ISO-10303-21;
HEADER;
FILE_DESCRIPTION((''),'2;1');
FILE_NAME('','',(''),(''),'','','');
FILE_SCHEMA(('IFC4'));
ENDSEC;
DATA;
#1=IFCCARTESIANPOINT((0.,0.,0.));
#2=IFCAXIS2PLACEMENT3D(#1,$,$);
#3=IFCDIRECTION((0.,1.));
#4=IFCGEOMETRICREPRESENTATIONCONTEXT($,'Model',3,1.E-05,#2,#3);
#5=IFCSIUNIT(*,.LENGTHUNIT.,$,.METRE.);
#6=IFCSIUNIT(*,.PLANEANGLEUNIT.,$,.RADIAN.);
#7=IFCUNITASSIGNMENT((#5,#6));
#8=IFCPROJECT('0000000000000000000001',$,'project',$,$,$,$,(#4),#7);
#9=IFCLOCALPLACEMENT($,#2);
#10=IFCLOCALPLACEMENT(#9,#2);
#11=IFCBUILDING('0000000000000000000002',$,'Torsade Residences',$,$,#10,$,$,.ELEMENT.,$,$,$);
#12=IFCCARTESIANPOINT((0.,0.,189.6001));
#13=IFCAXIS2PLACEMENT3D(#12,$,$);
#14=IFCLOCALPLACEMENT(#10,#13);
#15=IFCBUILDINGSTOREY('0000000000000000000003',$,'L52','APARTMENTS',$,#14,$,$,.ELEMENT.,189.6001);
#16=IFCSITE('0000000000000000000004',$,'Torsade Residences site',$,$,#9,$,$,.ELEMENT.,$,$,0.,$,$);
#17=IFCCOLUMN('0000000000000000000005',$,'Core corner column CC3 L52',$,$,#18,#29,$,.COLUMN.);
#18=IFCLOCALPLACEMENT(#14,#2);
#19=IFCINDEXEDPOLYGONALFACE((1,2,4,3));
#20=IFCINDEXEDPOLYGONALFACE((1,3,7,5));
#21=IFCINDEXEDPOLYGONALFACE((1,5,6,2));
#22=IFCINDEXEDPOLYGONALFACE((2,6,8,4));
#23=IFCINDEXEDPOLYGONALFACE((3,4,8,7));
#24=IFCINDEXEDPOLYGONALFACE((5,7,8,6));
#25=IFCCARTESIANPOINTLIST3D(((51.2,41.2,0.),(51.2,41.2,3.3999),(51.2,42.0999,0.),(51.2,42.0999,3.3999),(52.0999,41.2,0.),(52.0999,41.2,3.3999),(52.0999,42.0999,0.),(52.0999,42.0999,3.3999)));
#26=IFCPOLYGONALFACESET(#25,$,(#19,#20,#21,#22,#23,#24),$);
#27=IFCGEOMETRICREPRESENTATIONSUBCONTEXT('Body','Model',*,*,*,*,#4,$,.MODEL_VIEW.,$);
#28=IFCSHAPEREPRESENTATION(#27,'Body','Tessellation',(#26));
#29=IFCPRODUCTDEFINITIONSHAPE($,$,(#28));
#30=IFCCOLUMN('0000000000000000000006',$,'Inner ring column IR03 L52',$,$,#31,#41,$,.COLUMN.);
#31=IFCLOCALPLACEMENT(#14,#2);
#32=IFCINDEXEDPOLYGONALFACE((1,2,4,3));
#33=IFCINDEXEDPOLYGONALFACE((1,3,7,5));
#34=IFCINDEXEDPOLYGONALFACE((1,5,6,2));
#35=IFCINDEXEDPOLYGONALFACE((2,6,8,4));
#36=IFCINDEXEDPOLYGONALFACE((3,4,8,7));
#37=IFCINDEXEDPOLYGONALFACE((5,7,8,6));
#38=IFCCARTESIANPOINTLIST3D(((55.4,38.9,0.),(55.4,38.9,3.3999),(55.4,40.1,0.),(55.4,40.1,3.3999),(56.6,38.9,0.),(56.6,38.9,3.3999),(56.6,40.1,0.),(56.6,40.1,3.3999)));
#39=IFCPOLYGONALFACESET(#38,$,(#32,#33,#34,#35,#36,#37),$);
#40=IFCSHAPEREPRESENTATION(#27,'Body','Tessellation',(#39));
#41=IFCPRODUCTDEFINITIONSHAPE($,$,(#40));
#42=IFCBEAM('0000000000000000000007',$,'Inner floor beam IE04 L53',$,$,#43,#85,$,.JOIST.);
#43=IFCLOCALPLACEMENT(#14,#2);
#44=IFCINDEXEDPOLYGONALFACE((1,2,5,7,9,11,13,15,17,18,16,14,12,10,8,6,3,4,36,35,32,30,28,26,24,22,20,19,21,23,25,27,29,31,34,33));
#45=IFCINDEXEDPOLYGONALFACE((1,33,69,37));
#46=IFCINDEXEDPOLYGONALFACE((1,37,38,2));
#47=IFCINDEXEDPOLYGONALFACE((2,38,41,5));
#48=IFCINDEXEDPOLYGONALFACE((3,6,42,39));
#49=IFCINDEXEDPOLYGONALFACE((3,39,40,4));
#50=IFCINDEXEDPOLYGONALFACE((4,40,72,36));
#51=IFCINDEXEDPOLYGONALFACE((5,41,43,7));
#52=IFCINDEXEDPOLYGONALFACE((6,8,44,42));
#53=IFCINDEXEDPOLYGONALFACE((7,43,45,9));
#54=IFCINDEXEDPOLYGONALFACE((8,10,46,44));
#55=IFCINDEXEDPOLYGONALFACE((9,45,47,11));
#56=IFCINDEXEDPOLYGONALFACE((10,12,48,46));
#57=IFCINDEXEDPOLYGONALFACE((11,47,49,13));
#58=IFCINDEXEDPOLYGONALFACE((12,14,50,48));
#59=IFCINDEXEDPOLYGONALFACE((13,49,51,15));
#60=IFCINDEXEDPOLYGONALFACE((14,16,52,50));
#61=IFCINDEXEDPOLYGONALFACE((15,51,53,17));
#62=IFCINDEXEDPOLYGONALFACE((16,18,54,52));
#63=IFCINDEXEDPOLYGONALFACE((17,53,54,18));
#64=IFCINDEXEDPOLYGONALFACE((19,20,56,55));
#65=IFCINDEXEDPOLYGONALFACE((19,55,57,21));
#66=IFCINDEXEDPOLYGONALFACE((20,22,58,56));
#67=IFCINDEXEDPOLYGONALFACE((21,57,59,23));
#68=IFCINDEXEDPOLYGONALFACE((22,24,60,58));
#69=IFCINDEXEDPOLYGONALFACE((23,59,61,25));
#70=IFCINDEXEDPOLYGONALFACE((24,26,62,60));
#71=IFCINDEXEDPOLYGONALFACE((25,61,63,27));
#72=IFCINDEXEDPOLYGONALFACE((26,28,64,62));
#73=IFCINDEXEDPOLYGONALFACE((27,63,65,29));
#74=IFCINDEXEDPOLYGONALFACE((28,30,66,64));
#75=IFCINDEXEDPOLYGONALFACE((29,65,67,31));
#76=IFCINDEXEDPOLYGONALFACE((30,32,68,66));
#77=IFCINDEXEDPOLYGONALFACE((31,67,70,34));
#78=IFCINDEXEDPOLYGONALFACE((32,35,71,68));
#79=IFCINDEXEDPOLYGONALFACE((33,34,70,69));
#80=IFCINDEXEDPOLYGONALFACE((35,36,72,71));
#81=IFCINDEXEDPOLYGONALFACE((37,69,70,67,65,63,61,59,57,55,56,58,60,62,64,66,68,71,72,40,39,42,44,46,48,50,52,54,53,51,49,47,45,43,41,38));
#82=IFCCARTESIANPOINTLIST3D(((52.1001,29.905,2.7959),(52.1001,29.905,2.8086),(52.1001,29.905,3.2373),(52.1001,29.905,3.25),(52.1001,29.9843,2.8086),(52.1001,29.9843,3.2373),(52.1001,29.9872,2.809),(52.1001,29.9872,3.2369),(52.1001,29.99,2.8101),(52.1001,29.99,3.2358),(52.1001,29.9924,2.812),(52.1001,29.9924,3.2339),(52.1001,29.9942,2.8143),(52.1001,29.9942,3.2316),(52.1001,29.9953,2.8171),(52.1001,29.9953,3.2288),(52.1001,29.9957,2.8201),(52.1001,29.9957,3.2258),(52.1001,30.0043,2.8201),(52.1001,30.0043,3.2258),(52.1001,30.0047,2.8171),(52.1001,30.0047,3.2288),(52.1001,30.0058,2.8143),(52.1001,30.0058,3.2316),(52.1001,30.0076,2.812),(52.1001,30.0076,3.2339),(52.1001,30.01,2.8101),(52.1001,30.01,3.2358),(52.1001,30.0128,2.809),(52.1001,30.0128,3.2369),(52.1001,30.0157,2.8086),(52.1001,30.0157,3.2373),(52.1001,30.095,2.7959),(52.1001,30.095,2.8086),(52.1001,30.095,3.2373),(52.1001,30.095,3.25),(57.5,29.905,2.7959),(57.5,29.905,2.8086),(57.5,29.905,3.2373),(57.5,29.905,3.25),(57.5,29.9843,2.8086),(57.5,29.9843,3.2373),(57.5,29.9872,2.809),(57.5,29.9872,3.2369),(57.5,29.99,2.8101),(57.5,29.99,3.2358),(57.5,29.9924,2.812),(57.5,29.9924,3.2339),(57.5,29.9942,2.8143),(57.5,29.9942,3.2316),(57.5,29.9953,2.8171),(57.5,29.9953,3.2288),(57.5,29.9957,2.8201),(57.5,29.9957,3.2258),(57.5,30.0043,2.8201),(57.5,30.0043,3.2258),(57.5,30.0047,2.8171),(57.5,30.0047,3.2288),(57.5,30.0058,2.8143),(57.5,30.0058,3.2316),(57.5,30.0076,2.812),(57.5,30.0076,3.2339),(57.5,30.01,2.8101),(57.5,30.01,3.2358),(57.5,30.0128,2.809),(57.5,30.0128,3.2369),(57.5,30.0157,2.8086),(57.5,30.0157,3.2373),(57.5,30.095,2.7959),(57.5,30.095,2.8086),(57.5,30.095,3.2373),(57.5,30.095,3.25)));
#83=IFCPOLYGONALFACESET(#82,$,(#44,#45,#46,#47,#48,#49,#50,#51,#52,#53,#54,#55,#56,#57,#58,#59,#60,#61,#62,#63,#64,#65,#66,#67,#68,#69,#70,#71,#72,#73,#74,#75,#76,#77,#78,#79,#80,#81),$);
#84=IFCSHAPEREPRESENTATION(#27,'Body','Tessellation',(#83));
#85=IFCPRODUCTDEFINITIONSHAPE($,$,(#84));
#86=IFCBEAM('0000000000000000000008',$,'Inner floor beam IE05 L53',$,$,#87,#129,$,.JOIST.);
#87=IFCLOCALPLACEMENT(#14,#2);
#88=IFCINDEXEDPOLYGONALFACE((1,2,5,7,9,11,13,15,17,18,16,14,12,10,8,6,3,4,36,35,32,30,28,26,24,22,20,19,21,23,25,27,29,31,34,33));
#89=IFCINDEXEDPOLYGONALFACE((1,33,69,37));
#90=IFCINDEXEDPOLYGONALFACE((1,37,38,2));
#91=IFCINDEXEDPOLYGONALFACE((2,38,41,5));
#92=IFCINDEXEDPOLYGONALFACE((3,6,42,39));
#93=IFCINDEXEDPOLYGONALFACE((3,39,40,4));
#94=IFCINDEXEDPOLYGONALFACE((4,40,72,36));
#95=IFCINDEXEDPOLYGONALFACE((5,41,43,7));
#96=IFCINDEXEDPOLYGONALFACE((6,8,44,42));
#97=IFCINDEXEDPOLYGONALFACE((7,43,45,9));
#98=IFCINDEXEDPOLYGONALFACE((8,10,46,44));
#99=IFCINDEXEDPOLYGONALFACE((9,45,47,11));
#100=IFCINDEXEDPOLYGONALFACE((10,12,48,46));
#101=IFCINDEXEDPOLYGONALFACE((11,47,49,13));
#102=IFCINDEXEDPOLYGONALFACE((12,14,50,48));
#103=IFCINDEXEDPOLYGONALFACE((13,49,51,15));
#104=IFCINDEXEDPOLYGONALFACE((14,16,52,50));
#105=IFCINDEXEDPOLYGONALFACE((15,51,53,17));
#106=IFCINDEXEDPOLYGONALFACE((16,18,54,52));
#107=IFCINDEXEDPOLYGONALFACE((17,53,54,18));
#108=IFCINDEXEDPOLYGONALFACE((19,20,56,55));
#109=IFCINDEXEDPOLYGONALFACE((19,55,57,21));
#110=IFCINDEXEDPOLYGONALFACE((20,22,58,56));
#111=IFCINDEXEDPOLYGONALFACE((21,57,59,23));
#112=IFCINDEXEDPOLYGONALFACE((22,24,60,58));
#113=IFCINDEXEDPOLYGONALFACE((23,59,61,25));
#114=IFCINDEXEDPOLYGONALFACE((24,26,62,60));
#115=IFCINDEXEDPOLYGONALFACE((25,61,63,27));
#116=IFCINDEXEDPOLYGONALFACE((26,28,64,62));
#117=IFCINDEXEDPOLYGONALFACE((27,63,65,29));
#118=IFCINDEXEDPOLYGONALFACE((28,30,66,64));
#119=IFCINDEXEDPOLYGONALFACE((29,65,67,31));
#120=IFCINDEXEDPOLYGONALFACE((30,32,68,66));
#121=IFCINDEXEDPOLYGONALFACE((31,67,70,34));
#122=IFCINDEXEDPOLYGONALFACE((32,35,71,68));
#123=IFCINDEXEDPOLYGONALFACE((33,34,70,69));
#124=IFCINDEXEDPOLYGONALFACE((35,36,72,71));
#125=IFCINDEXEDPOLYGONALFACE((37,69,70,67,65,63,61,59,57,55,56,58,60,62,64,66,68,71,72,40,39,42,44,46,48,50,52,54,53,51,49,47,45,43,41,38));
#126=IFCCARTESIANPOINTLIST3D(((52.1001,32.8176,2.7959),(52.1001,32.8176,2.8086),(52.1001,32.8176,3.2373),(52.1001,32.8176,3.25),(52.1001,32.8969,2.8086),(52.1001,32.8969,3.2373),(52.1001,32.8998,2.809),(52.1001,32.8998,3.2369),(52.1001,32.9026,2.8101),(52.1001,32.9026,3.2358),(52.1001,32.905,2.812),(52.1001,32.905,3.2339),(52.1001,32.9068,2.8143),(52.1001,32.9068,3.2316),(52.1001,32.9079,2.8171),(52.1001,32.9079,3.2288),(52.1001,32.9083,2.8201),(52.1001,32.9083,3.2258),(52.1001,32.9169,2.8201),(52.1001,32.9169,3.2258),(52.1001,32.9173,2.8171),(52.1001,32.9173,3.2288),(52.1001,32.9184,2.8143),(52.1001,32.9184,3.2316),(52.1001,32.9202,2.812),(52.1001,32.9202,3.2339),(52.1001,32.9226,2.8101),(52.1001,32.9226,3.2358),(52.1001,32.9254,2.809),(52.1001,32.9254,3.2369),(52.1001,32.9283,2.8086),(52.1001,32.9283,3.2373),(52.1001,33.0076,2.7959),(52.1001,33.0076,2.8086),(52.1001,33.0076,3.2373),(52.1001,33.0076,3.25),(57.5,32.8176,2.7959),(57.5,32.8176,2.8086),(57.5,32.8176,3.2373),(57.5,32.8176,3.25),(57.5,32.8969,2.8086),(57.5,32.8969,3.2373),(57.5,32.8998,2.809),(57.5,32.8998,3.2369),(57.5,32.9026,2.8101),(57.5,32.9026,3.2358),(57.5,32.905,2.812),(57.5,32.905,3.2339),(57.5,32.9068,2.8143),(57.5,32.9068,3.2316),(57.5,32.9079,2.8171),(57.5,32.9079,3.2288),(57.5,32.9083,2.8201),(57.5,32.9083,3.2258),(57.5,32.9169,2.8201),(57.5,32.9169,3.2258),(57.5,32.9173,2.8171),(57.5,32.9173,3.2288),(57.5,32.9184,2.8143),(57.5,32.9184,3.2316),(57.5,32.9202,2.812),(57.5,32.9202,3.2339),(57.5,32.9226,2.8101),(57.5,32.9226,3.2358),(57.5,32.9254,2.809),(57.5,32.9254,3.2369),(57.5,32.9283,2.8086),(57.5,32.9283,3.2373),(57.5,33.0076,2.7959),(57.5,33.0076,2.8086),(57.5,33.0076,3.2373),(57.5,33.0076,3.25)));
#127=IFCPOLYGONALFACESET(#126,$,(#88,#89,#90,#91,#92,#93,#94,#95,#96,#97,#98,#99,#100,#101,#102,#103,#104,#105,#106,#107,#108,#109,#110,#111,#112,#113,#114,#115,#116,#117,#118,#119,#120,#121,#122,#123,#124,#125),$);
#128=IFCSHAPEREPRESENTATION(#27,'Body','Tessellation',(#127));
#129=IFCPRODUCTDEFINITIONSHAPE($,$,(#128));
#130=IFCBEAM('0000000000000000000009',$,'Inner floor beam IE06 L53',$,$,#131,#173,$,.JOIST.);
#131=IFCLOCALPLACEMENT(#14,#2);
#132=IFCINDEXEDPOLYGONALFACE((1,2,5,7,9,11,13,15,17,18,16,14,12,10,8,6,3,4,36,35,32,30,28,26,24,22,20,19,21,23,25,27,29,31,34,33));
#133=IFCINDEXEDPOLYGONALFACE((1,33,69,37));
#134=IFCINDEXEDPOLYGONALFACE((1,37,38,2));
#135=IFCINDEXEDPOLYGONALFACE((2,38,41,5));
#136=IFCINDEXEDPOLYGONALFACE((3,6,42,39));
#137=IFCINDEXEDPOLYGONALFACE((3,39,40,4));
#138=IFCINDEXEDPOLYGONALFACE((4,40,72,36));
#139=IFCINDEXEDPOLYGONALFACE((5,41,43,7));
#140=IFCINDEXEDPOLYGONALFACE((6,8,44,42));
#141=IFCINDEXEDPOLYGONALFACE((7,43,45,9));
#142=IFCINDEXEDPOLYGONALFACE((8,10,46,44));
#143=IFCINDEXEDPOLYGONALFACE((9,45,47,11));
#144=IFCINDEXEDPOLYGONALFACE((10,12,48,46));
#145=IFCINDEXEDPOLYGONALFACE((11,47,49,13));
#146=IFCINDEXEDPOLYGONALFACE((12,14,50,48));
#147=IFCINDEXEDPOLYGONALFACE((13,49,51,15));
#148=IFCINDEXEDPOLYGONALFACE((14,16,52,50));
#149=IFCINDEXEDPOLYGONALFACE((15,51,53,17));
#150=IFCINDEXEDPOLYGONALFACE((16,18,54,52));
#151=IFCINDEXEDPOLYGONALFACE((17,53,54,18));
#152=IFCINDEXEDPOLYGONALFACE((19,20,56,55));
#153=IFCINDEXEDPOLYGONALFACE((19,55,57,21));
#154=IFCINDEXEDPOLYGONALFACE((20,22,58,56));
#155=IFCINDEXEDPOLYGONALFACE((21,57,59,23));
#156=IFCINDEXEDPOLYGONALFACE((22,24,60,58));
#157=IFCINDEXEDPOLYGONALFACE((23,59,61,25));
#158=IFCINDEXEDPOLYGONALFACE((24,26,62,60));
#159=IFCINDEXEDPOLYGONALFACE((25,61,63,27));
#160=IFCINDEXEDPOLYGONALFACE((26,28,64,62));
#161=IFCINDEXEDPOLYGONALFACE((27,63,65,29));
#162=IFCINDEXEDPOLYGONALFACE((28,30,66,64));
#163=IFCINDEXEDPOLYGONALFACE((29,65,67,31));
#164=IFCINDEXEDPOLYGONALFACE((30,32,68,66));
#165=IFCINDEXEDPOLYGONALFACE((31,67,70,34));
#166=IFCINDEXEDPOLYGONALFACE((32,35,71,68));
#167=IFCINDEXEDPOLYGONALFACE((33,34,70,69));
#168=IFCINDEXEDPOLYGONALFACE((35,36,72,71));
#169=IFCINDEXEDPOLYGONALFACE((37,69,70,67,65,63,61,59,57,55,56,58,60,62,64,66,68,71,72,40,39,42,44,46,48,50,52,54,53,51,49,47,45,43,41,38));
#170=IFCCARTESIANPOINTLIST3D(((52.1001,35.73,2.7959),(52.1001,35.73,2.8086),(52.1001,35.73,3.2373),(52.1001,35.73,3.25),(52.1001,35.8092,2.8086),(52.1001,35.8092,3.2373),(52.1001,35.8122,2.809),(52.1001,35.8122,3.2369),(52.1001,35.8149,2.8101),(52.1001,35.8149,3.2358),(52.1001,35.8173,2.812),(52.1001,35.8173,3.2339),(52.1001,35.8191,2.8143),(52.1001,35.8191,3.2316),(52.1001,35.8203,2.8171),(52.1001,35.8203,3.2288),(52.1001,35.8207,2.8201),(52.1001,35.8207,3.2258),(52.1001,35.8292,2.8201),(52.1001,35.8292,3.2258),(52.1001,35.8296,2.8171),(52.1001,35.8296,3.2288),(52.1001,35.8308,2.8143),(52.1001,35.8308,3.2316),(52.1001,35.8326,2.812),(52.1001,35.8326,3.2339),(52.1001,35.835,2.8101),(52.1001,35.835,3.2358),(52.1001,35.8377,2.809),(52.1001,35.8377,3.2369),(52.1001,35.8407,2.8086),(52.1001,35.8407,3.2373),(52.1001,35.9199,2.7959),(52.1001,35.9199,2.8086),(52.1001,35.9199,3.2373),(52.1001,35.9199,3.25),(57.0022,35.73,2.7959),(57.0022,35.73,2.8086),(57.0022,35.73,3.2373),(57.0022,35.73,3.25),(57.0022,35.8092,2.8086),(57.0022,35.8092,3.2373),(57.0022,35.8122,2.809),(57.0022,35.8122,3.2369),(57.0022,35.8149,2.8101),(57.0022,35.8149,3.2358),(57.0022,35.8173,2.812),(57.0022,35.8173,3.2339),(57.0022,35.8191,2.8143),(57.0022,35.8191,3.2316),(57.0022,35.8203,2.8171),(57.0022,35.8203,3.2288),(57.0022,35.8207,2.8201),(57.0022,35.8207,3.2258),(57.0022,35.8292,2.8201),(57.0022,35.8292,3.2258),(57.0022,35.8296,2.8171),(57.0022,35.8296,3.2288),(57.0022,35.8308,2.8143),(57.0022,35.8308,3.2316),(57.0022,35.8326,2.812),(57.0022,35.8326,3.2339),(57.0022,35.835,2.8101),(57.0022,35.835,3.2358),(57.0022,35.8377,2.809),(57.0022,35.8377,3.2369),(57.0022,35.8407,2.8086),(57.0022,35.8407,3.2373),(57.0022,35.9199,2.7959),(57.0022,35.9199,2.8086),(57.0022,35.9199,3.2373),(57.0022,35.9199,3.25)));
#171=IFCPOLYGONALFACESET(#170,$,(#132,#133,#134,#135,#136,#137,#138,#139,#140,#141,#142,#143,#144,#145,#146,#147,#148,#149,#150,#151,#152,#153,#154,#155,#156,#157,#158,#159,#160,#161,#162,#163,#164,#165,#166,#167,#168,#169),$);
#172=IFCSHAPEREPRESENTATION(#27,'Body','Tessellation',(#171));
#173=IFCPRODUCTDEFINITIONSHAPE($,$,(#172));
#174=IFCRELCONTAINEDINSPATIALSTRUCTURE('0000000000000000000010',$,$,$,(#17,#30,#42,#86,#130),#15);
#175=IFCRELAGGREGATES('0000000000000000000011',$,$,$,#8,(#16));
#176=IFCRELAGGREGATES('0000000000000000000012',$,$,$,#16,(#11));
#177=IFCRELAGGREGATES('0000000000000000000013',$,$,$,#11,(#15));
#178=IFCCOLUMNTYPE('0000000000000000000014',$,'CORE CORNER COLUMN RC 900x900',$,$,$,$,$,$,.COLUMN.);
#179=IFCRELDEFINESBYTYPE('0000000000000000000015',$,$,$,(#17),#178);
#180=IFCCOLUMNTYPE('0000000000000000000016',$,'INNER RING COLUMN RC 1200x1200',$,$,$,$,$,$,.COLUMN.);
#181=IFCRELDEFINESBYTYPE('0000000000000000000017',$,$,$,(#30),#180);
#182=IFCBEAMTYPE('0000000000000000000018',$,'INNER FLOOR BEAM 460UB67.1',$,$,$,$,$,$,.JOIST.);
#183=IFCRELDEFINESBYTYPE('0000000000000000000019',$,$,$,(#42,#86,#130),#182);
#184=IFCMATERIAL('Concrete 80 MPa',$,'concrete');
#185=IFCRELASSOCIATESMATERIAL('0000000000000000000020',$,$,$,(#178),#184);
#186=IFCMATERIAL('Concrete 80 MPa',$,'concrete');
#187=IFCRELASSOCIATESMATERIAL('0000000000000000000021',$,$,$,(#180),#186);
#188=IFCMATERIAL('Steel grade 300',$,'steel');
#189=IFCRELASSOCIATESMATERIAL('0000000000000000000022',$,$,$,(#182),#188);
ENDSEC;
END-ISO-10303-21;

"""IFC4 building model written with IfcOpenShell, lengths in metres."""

from ifc_helpers import new_model, si_unit, direction, frame, origin, origin_2d, place, context, subcontext, project, spatial, rectangle, i_section, extrude, material, material_profile, profile_set, type_object, element, save


model = new_model("IFC4")

# Units and contexts
model_context = context("Model", 3, precision=1e-05, world=origin(), true_north=direction((0.0, 1.0)))
body_context = subcontext(model_context, "Body", "Model", "MODEL_VIEW")
ifc_project = project(units=[si_unit("LENGTHUNIT", "METRE"), si_unit("PLANEANGLEUNIT", "RADIAN")], contexts=[model_context])

# Site, building, storey
site_placement = place(None, origin())
site = spatial("IfcSite", under=ifc_project, at=site_placement, Name="Torsade Residences site", CompositionType="ELEMENT", RefElevation=0.0)
building_placement = place(site_placement, origin())
building = spatial("IfcBuilding", under=site, at=building_placement, Name="Torsade Residences", CompositionType="ELEMENT")
storey_placement = place(building_placement, frame((0.0, 0.0, 189.6001)))
storey = spatial("IfcBuildingStorey", under=building, at=storey_placement, Name="L52", Description="APARTMENTS", CompositionType="ELEMENT", Elevation=189.6001)

# Columns
ifc_material_1 = material(Name="Concrete 80 MPa", Category="concrete")
ifc_material_profile_1 = material_profile(ifc_material_1, rectangle(XDim=0.8999, YDim=0.8999, at=origin_2d()), Name="RC 900x900")
ifc_profile_set_1 = profile_set([ifc_material_profile_1], Name="Concrete 80 MPa")
column_type_1 = type_object("IfcColumnType", Name="CORE CORNER COLUMN RC 900x900", PredefinedType="COLUMN", material=ifc_profile_set_1)
column_1_placement = place(storey_placement, frame((51.6499, 41.6499, 0.0), z_axis=(0.0, 0.0, 1.0), x_axis=(1.0, 0.0, 0.0)))
element("IfcColumn", 1, at=column_1_placement, inside=storey, type_object=column_type_1, Name="Core corner column CC3 L52", PredefinedType="COLUMN", context=body_context, shape_type="SweptSolid", body=[
    extrude(rectangle(XDim=0.8999, YDim=0.8999, at=origin_2d()), origin(), (0.0, 0.0, 1.0), 3.3999),
])
ifc_material_2 = material(Name="Concrete 80 MPa", Category="concrete")
ifc_material_profile_2 = material_profile(ifc_material_2, rectangle(XDim=1.2, YDim=1.2, at=origin_2d()), Name="RC 1200x1200")
ifc_profile_set_2 = profile_set([ifc_material_profile_2], Name="Concrete 80 MPa")
column_type_2 = type_object("IfcColumnType", Name="INNER RING COLUMN RC 1200x1200", PredefinedType="COLUMN", material=ifc_profile_set_2)
column_2_placement = place(storey_placement, frame((56.0, 39.5, 0.0), z_axis=(0.0, 0.0, 1.0), x_axis=(1.0, 0.0, 0.0)))
element("IfcColumn", 2, at=column_2_placement, inside=storey, type_object=column_type_2, Name="Inner ring column IR03 L52", PredefinedType="COLUMN", context=body_context, shape_type="SweptSolid", body=[
    extrude(rectangle(XDim=1.2, YDim=1.2, at=origin_2d()), origin(), (0.0, 0.0, 1.0), 3.3999),
])

# Beams
ifc_material_3 = material(Name="Steel grade 300", Category="steel")
ifc_material_profile_3 = material_profile(ifc_material_3, i_section(OverallWidth=0.1899, OverallDepth=0.4541, WebThickness=0.0085, FlangeThickness=0.0127, FilletRadius=0.0115, at=origin_2d()), Name="460UB67.1")
ifc_profile_set_3 = profile_set([ifc_material_profile_3], Name="Steel grade 300")
beam_type_1 = type_object("IfcBeamType", Name="INNER FLOOR BEAM 460UB67.1", PredefinedType="JOIST", material=ifc_profile_set_3)
for number, where, z_axis, x_axis, name in (
    (3, (52.1001, 30.0, 3.0229), (1.0, 0.0, 0.0), (0.0, 1.0, 0.0), "Inner floor beam IE04 L53"),
    (4, (52.1001, 32.9126, 3.0229), (1.0, 0.0, 0.0), (0.0, 1.0, 0.0), "Inner floor beam IE05 L53"),
):
    element("IfcBeam", number, at=place(storey_placement, frame(where, z_axis=z_axis, x_axis=x_axis)), inside=storey, type_object=beam_type_1, Name=name, PredefinedType="JOIST", context=body_context, shape_type="SweptSolid", body=[
        extrude(i_section(OverallWidth=0.1899, OverallDepth=0.4541, WebThickness=0.0085, FlangeThickness=0.0127, FilletRadius=0.0115, at=origin_2d()), origin(), (0.0, 0.0, 1.0), 5.3999),
    ])
beam_1_placement = place(storey_placement, frame((52.1001, 35.825, 3.0229), z_axis=(1.0, 0.0, 0.0), x_axis=(0.0, 1.0, 0.0)))
element("IfcBeam", 5, at=beam_1_placement, inside=storey, type_object=beam_type_1, Name="Inner floor beam IE06 L53", PredefinedType="JOIST", context=body_context, shape_type="SweptSolid", body=[
    extrude(i_section(OverallWidth=0.1899, OverallDepth=0.4541, WebThickness=0.0085, FlangeThickness=0.0127, FilletRadius=0.0115, at=origin_2d()), origin(), (0.0, 0.0, 1.0), 4.9021),
])

save(model, "model.ifc")
